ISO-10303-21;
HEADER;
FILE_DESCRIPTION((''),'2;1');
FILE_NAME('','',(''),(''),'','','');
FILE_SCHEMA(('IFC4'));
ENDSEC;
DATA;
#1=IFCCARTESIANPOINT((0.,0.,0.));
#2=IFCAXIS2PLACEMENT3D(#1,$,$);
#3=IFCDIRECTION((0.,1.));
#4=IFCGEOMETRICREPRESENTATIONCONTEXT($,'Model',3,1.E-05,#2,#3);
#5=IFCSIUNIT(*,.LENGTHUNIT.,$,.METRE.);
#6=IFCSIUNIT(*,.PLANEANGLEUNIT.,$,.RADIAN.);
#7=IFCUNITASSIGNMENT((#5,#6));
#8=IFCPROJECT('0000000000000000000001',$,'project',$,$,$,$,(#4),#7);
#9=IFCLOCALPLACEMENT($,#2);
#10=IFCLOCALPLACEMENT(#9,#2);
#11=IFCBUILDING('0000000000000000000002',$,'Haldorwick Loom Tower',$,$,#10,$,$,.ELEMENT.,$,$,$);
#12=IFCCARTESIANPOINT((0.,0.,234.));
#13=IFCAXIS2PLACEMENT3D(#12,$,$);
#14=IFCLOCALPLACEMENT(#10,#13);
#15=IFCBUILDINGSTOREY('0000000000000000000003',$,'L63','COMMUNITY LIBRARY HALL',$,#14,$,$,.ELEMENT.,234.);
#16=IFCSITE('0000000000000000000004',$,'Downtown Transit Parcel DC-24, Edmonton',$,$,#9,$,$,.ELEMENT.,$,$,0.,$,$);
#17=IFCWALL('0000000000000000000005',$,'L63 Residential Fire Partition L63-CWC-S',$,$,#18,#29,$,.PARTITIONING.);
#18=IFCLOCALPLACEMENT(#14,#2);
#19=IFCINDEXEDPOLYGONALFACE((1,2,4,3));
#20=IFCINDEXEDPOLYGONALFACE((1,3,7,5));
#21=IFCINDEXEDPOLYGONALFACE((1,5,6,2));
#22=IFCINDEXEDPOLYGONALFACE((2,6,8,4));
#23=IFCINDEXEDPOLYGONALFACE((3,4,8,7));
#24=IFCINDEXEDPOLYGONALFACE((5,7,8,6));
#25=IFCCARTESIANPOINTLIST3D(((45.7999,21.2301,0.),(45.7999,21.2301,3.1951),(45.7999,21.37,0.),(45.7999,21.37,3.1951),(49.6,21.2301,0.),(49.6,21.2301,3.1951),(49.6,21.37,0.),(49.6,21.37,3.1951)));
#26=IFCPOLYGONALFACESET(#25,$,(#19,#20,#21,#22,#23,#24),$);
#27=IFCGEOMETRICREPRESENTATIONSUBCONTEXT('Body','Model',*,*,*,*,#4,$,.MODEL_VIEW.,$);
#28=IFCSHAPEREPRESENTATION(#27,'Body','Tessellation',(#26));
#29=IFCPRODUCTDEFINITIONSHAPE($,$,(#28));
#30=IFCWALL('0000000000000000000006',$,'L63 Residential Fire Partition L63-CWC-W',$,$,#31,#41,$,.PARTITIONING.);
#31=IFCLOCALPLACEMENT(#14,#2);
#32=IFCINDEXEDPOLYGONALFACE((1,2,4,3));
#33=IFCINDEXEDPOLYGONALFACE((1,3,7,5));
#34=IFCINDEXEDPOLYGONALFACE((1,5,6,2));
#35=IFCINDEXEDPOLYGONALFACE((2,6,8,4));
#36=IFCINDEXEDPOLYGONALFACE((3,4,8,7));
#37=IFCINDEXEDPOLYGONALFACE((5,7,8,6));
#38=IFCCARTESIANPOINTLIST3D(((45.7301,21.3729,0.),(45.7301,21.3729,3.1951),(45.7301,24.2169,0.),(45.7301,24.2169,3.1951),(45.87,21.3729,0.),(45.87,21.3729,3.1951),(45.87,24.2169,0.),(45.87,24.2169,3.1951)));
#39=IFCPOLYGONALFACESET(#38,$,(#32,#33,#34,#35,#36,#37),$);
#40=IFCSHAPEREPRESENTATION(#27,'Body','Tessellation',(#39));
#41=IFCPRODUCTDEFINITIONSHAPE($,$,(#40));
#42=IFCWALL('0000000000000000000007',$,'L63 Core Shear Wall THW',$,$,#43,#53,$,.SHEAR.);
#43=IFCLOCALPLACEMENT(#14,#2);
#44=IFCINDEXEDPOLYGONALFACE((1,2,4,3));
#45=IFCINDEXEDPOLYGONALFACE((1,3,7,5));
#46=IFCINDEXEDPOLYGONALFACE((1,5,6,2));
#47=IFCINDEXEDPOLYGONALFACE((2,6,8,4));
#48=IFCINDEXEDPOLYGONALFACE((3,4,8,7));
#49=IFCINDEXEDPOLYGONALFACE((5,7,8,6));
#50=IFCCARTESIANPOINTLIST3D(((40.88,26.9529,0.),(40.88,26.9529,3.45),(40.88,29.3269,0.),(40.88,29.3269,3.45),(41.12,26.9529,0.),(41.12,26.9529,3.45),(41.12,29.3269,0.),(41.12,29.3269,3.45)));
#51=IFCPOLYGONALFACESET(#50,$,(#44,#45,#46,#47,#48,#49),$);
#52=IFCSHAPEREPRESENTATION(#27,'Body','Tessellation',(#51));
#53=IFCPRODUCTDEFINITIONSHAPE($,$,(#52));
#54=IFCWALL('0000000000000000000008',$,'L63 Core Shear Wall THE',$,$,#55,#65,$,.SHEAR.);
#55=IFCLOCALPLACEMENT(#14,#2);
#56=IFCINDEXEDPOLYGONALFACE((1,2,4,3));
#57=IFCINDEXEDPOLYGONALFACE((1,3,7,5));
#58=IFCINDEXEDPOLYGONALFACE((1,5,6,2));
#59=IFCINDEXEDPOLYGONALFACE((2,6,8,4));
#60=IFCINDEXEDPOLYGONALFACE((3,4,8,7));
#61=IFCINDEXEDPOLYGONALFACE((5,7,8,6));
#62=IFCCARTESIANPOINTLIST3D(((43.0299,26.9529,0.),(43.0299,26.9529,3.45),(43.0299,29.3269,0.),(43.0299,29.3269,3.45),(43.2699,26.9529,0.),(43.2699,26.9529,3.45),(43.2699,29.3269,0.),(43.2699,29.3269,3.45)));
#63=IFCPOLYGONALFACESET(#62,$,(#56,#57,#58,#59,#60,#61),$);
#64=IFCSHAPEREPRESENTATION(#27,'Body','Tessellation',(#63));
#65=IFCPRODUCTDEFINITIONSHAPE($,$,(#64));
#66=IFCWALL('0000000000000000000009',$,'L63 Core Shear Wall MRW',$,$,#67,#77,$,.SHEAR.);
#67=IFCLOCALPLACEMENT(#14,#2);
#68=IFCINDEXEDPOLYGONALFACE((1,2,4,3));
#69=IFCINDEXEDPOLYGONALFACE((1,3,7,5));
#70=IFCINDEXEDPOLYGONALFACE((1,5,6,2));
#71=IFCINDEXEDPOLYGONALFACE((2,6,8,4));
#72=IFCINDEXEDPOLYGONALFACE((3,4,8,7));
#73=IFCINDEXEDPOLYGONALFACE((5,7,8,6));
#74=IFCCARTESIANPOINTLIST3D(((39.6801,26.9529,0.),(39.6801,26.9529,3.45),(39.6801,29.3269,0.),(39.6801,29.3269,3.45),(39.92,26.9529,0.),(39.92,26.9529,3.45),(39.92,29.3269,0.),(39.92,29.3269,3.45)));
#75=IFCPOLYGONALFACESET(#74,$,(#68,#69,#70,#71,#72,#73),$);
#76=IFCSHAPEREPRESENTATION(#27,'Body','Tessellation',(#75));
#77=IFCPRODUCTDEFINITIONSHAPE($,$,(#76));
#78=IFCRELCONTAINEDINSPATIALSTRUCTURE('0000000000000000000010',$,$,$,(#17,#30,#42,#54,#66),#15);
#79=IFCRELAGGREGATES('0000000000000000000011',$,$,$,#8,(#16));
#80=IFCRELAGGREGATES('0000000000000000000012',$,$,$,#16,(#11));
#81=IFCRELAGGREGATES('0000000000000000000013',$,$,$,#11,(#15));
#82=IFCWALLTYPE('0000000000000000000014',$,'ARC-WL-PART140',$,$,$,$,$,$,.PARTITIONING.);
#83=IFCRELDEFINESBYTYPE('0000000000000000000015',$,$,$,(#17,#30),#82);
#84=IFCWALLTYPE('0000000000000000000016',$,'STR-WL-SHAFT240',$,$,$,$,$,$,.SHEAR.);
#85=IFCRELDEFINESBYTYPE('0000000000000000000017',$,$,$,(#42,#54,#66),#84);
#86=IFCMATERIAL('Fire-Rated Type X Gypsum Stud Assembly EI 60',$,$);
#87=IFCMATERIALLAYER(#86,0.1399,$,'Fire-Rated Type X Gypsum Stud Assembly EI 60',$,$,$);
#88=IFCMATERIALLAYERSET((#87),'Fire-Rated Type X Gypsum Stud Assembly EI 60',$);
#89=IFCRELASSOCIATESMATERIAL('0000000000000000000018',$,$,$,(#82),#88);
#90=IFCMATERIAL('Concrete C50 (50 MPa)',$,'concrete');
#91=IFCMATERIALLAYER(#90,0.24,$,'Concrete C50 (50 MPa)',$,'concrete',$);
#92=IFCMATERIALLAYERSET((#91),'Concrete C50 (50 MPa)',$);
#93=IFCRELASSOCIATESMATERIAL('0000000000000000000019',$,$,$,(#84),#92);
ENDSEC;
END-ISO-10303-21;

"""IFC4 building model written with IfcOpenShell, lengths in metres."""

from ifc_helpers import new_model, si_unit, direction, frame, frame_2d, origin, place, context, subcontext, project, spatial, rectangle, extrude, material, layer, layer_set, type_object, element, save


model = new_model("IFC4")

# Units and contexts
model_context = context("Model", 3, precision=1e-05, world=origin(), true_north=direction((0.0, 1.0)))
body_context = subcontext(model_context, "Body", "Model", "MODEL_VIEW")
ifc_project = project(units=[si_unit("LENGTHUNIT", "METRE"), si_unit("PLANEANGLEUNIT", "RADIAN")], contexts=[model_context])

# Site, building, storey
site_placement = place(None, origin())
site = spatial("IfcSite", under=ifc_project, at=site_placement, Name="Downtown Transit Parcel DC-24, Edmonton", CompositionType="ELEMENT", RefElevation=0.0)
building_placement = place(site_placement, origin())
building = spatial("IfcBuilding", under=site, at=building_placement, Name="Haldorwick Loom Tower", CompositionType="ELEMENT")
storey_placement = place(building_placement, frame((0.0, 0.0, 234.0)))
storey = spatial("IfcBuildingStorey", under=building, at=storey_placement, Name="L63", Description="COMMUNITY LIBRARY HALL", CompositionType="ELEMENT", Elevation=234.0)

# Shared definitions
ifc_material_1 = material(Name="Concrete C50 (50 MPa)", Category="concrete")

# Shared definitions
ifc_material_2 = material(Name="Fire-Rated Type X Gypsum Stud Assembly EI 60")

# Shared definitions
ifc_layer_1 = layer(ifc_material_2, 0.1399, Name="Fire-Rated Type X Gypsum Stud Assembly EI 60")
ifc_layer_set_1 = layer_set([ifc_layer_1], Name="Fire-Rated Type X Gypsum Stud Assembly EI 60")
wall_type_1 = type_object("IfcWallType", Name="ARC-WL-PART140", PredefinedType="PARTITIONING", material=ifc_layer_set_1)

# Walls
wall_1_placement = place(storey_placement, frame((45.8, 21.3, 0.0), z_axis=(0.0, 0.0, 1.0), x_axis=(1.0, 0.0, 0.0)))
element("IfcWall", 1, at=wall_1_placement, inside=storey, type_object=wall_type_1, Name="L63 Residential Fire Partition L63-CWC-S", PredefinedType="PARTITIONING", context=body_context, shape_type="SweptSolid", body=[
    extrude(rectangle(XDim=3.8, YDim=0.1399, at=frame_2d((1.8999, 0.0))), origin(), (0.0, 0.0, 1.0), 3.1951),
])
wall_2_placement = place(storey_placement, frame((45.8, 21.373, 0.0), z_axis=(0.0, 0.0, 1.0), x_axis=(0.0, 1.0, 0.0)))
element("IfcWall", 2, at=wall_2_placement, inside=storey, type_object=wall_type_1, Name="L63 Residential Fire Partition L63-CWC-W", PredefinedType="PARTITIONING", context=body_context, shape_type="SweptSolid", body=[
    extrude(rectangle(XDim=2.844, YDim=0.1399, at=frame_2d((1.4219, 0.0))), origin(), (0.0, 0.0, 1.0), 3.1951),
])
ifc_layer_2 = layer(ifc_material_1, 0.24, Name="Concrete C50 (50 MPa)", Category="concrete")
ifc_layer_set_2 = layer_set([ifc_layer_2], Name="Concrete C50 (50 MPa)")
wall_type_2 = type_object("IfcWallType", Name="STR-WL-SHAFT240", PredefinedType="SHEAR", material=ifc_layer_set_2)
for number, where, z_axis, x_axis, name in (
    (3, (41.0, 26.9529, 0.0), (0.0, 0.0, 1.0), (0.0, 1.0, 0.0), "L63 Core Shear Wall THW"),
    (4, (43.1499, 26.9529, 0.0), (0.0, 0.0, 1.0), (0.0, 1.0, 0.0), "L63 Core Shear Wall THE"),
    (5, (39.8, 26.9529, 0.0), (0.0, 0.0, 1.0), (0.0, 1.0, 0.0), "L63 Core Shear Wall MRW"),
):
    element("IfcWall", number, at=place(storey_placement, frame(where, z_axis=z_axis, x_axis=x_axis)), inside=storey, type_object=wall_type_2, Name=name, PredefinedType="SHEAR", context=body_context, shape_type="SweptSolid", body=[
        extrude(rectangle(XDim=2.374, YDim=0.24, at=frame_2d((1.187, 0.0))), origin(), (0.0, 0.0, 1.0), 3.45),
    ])

save(model, "model.ifc")
